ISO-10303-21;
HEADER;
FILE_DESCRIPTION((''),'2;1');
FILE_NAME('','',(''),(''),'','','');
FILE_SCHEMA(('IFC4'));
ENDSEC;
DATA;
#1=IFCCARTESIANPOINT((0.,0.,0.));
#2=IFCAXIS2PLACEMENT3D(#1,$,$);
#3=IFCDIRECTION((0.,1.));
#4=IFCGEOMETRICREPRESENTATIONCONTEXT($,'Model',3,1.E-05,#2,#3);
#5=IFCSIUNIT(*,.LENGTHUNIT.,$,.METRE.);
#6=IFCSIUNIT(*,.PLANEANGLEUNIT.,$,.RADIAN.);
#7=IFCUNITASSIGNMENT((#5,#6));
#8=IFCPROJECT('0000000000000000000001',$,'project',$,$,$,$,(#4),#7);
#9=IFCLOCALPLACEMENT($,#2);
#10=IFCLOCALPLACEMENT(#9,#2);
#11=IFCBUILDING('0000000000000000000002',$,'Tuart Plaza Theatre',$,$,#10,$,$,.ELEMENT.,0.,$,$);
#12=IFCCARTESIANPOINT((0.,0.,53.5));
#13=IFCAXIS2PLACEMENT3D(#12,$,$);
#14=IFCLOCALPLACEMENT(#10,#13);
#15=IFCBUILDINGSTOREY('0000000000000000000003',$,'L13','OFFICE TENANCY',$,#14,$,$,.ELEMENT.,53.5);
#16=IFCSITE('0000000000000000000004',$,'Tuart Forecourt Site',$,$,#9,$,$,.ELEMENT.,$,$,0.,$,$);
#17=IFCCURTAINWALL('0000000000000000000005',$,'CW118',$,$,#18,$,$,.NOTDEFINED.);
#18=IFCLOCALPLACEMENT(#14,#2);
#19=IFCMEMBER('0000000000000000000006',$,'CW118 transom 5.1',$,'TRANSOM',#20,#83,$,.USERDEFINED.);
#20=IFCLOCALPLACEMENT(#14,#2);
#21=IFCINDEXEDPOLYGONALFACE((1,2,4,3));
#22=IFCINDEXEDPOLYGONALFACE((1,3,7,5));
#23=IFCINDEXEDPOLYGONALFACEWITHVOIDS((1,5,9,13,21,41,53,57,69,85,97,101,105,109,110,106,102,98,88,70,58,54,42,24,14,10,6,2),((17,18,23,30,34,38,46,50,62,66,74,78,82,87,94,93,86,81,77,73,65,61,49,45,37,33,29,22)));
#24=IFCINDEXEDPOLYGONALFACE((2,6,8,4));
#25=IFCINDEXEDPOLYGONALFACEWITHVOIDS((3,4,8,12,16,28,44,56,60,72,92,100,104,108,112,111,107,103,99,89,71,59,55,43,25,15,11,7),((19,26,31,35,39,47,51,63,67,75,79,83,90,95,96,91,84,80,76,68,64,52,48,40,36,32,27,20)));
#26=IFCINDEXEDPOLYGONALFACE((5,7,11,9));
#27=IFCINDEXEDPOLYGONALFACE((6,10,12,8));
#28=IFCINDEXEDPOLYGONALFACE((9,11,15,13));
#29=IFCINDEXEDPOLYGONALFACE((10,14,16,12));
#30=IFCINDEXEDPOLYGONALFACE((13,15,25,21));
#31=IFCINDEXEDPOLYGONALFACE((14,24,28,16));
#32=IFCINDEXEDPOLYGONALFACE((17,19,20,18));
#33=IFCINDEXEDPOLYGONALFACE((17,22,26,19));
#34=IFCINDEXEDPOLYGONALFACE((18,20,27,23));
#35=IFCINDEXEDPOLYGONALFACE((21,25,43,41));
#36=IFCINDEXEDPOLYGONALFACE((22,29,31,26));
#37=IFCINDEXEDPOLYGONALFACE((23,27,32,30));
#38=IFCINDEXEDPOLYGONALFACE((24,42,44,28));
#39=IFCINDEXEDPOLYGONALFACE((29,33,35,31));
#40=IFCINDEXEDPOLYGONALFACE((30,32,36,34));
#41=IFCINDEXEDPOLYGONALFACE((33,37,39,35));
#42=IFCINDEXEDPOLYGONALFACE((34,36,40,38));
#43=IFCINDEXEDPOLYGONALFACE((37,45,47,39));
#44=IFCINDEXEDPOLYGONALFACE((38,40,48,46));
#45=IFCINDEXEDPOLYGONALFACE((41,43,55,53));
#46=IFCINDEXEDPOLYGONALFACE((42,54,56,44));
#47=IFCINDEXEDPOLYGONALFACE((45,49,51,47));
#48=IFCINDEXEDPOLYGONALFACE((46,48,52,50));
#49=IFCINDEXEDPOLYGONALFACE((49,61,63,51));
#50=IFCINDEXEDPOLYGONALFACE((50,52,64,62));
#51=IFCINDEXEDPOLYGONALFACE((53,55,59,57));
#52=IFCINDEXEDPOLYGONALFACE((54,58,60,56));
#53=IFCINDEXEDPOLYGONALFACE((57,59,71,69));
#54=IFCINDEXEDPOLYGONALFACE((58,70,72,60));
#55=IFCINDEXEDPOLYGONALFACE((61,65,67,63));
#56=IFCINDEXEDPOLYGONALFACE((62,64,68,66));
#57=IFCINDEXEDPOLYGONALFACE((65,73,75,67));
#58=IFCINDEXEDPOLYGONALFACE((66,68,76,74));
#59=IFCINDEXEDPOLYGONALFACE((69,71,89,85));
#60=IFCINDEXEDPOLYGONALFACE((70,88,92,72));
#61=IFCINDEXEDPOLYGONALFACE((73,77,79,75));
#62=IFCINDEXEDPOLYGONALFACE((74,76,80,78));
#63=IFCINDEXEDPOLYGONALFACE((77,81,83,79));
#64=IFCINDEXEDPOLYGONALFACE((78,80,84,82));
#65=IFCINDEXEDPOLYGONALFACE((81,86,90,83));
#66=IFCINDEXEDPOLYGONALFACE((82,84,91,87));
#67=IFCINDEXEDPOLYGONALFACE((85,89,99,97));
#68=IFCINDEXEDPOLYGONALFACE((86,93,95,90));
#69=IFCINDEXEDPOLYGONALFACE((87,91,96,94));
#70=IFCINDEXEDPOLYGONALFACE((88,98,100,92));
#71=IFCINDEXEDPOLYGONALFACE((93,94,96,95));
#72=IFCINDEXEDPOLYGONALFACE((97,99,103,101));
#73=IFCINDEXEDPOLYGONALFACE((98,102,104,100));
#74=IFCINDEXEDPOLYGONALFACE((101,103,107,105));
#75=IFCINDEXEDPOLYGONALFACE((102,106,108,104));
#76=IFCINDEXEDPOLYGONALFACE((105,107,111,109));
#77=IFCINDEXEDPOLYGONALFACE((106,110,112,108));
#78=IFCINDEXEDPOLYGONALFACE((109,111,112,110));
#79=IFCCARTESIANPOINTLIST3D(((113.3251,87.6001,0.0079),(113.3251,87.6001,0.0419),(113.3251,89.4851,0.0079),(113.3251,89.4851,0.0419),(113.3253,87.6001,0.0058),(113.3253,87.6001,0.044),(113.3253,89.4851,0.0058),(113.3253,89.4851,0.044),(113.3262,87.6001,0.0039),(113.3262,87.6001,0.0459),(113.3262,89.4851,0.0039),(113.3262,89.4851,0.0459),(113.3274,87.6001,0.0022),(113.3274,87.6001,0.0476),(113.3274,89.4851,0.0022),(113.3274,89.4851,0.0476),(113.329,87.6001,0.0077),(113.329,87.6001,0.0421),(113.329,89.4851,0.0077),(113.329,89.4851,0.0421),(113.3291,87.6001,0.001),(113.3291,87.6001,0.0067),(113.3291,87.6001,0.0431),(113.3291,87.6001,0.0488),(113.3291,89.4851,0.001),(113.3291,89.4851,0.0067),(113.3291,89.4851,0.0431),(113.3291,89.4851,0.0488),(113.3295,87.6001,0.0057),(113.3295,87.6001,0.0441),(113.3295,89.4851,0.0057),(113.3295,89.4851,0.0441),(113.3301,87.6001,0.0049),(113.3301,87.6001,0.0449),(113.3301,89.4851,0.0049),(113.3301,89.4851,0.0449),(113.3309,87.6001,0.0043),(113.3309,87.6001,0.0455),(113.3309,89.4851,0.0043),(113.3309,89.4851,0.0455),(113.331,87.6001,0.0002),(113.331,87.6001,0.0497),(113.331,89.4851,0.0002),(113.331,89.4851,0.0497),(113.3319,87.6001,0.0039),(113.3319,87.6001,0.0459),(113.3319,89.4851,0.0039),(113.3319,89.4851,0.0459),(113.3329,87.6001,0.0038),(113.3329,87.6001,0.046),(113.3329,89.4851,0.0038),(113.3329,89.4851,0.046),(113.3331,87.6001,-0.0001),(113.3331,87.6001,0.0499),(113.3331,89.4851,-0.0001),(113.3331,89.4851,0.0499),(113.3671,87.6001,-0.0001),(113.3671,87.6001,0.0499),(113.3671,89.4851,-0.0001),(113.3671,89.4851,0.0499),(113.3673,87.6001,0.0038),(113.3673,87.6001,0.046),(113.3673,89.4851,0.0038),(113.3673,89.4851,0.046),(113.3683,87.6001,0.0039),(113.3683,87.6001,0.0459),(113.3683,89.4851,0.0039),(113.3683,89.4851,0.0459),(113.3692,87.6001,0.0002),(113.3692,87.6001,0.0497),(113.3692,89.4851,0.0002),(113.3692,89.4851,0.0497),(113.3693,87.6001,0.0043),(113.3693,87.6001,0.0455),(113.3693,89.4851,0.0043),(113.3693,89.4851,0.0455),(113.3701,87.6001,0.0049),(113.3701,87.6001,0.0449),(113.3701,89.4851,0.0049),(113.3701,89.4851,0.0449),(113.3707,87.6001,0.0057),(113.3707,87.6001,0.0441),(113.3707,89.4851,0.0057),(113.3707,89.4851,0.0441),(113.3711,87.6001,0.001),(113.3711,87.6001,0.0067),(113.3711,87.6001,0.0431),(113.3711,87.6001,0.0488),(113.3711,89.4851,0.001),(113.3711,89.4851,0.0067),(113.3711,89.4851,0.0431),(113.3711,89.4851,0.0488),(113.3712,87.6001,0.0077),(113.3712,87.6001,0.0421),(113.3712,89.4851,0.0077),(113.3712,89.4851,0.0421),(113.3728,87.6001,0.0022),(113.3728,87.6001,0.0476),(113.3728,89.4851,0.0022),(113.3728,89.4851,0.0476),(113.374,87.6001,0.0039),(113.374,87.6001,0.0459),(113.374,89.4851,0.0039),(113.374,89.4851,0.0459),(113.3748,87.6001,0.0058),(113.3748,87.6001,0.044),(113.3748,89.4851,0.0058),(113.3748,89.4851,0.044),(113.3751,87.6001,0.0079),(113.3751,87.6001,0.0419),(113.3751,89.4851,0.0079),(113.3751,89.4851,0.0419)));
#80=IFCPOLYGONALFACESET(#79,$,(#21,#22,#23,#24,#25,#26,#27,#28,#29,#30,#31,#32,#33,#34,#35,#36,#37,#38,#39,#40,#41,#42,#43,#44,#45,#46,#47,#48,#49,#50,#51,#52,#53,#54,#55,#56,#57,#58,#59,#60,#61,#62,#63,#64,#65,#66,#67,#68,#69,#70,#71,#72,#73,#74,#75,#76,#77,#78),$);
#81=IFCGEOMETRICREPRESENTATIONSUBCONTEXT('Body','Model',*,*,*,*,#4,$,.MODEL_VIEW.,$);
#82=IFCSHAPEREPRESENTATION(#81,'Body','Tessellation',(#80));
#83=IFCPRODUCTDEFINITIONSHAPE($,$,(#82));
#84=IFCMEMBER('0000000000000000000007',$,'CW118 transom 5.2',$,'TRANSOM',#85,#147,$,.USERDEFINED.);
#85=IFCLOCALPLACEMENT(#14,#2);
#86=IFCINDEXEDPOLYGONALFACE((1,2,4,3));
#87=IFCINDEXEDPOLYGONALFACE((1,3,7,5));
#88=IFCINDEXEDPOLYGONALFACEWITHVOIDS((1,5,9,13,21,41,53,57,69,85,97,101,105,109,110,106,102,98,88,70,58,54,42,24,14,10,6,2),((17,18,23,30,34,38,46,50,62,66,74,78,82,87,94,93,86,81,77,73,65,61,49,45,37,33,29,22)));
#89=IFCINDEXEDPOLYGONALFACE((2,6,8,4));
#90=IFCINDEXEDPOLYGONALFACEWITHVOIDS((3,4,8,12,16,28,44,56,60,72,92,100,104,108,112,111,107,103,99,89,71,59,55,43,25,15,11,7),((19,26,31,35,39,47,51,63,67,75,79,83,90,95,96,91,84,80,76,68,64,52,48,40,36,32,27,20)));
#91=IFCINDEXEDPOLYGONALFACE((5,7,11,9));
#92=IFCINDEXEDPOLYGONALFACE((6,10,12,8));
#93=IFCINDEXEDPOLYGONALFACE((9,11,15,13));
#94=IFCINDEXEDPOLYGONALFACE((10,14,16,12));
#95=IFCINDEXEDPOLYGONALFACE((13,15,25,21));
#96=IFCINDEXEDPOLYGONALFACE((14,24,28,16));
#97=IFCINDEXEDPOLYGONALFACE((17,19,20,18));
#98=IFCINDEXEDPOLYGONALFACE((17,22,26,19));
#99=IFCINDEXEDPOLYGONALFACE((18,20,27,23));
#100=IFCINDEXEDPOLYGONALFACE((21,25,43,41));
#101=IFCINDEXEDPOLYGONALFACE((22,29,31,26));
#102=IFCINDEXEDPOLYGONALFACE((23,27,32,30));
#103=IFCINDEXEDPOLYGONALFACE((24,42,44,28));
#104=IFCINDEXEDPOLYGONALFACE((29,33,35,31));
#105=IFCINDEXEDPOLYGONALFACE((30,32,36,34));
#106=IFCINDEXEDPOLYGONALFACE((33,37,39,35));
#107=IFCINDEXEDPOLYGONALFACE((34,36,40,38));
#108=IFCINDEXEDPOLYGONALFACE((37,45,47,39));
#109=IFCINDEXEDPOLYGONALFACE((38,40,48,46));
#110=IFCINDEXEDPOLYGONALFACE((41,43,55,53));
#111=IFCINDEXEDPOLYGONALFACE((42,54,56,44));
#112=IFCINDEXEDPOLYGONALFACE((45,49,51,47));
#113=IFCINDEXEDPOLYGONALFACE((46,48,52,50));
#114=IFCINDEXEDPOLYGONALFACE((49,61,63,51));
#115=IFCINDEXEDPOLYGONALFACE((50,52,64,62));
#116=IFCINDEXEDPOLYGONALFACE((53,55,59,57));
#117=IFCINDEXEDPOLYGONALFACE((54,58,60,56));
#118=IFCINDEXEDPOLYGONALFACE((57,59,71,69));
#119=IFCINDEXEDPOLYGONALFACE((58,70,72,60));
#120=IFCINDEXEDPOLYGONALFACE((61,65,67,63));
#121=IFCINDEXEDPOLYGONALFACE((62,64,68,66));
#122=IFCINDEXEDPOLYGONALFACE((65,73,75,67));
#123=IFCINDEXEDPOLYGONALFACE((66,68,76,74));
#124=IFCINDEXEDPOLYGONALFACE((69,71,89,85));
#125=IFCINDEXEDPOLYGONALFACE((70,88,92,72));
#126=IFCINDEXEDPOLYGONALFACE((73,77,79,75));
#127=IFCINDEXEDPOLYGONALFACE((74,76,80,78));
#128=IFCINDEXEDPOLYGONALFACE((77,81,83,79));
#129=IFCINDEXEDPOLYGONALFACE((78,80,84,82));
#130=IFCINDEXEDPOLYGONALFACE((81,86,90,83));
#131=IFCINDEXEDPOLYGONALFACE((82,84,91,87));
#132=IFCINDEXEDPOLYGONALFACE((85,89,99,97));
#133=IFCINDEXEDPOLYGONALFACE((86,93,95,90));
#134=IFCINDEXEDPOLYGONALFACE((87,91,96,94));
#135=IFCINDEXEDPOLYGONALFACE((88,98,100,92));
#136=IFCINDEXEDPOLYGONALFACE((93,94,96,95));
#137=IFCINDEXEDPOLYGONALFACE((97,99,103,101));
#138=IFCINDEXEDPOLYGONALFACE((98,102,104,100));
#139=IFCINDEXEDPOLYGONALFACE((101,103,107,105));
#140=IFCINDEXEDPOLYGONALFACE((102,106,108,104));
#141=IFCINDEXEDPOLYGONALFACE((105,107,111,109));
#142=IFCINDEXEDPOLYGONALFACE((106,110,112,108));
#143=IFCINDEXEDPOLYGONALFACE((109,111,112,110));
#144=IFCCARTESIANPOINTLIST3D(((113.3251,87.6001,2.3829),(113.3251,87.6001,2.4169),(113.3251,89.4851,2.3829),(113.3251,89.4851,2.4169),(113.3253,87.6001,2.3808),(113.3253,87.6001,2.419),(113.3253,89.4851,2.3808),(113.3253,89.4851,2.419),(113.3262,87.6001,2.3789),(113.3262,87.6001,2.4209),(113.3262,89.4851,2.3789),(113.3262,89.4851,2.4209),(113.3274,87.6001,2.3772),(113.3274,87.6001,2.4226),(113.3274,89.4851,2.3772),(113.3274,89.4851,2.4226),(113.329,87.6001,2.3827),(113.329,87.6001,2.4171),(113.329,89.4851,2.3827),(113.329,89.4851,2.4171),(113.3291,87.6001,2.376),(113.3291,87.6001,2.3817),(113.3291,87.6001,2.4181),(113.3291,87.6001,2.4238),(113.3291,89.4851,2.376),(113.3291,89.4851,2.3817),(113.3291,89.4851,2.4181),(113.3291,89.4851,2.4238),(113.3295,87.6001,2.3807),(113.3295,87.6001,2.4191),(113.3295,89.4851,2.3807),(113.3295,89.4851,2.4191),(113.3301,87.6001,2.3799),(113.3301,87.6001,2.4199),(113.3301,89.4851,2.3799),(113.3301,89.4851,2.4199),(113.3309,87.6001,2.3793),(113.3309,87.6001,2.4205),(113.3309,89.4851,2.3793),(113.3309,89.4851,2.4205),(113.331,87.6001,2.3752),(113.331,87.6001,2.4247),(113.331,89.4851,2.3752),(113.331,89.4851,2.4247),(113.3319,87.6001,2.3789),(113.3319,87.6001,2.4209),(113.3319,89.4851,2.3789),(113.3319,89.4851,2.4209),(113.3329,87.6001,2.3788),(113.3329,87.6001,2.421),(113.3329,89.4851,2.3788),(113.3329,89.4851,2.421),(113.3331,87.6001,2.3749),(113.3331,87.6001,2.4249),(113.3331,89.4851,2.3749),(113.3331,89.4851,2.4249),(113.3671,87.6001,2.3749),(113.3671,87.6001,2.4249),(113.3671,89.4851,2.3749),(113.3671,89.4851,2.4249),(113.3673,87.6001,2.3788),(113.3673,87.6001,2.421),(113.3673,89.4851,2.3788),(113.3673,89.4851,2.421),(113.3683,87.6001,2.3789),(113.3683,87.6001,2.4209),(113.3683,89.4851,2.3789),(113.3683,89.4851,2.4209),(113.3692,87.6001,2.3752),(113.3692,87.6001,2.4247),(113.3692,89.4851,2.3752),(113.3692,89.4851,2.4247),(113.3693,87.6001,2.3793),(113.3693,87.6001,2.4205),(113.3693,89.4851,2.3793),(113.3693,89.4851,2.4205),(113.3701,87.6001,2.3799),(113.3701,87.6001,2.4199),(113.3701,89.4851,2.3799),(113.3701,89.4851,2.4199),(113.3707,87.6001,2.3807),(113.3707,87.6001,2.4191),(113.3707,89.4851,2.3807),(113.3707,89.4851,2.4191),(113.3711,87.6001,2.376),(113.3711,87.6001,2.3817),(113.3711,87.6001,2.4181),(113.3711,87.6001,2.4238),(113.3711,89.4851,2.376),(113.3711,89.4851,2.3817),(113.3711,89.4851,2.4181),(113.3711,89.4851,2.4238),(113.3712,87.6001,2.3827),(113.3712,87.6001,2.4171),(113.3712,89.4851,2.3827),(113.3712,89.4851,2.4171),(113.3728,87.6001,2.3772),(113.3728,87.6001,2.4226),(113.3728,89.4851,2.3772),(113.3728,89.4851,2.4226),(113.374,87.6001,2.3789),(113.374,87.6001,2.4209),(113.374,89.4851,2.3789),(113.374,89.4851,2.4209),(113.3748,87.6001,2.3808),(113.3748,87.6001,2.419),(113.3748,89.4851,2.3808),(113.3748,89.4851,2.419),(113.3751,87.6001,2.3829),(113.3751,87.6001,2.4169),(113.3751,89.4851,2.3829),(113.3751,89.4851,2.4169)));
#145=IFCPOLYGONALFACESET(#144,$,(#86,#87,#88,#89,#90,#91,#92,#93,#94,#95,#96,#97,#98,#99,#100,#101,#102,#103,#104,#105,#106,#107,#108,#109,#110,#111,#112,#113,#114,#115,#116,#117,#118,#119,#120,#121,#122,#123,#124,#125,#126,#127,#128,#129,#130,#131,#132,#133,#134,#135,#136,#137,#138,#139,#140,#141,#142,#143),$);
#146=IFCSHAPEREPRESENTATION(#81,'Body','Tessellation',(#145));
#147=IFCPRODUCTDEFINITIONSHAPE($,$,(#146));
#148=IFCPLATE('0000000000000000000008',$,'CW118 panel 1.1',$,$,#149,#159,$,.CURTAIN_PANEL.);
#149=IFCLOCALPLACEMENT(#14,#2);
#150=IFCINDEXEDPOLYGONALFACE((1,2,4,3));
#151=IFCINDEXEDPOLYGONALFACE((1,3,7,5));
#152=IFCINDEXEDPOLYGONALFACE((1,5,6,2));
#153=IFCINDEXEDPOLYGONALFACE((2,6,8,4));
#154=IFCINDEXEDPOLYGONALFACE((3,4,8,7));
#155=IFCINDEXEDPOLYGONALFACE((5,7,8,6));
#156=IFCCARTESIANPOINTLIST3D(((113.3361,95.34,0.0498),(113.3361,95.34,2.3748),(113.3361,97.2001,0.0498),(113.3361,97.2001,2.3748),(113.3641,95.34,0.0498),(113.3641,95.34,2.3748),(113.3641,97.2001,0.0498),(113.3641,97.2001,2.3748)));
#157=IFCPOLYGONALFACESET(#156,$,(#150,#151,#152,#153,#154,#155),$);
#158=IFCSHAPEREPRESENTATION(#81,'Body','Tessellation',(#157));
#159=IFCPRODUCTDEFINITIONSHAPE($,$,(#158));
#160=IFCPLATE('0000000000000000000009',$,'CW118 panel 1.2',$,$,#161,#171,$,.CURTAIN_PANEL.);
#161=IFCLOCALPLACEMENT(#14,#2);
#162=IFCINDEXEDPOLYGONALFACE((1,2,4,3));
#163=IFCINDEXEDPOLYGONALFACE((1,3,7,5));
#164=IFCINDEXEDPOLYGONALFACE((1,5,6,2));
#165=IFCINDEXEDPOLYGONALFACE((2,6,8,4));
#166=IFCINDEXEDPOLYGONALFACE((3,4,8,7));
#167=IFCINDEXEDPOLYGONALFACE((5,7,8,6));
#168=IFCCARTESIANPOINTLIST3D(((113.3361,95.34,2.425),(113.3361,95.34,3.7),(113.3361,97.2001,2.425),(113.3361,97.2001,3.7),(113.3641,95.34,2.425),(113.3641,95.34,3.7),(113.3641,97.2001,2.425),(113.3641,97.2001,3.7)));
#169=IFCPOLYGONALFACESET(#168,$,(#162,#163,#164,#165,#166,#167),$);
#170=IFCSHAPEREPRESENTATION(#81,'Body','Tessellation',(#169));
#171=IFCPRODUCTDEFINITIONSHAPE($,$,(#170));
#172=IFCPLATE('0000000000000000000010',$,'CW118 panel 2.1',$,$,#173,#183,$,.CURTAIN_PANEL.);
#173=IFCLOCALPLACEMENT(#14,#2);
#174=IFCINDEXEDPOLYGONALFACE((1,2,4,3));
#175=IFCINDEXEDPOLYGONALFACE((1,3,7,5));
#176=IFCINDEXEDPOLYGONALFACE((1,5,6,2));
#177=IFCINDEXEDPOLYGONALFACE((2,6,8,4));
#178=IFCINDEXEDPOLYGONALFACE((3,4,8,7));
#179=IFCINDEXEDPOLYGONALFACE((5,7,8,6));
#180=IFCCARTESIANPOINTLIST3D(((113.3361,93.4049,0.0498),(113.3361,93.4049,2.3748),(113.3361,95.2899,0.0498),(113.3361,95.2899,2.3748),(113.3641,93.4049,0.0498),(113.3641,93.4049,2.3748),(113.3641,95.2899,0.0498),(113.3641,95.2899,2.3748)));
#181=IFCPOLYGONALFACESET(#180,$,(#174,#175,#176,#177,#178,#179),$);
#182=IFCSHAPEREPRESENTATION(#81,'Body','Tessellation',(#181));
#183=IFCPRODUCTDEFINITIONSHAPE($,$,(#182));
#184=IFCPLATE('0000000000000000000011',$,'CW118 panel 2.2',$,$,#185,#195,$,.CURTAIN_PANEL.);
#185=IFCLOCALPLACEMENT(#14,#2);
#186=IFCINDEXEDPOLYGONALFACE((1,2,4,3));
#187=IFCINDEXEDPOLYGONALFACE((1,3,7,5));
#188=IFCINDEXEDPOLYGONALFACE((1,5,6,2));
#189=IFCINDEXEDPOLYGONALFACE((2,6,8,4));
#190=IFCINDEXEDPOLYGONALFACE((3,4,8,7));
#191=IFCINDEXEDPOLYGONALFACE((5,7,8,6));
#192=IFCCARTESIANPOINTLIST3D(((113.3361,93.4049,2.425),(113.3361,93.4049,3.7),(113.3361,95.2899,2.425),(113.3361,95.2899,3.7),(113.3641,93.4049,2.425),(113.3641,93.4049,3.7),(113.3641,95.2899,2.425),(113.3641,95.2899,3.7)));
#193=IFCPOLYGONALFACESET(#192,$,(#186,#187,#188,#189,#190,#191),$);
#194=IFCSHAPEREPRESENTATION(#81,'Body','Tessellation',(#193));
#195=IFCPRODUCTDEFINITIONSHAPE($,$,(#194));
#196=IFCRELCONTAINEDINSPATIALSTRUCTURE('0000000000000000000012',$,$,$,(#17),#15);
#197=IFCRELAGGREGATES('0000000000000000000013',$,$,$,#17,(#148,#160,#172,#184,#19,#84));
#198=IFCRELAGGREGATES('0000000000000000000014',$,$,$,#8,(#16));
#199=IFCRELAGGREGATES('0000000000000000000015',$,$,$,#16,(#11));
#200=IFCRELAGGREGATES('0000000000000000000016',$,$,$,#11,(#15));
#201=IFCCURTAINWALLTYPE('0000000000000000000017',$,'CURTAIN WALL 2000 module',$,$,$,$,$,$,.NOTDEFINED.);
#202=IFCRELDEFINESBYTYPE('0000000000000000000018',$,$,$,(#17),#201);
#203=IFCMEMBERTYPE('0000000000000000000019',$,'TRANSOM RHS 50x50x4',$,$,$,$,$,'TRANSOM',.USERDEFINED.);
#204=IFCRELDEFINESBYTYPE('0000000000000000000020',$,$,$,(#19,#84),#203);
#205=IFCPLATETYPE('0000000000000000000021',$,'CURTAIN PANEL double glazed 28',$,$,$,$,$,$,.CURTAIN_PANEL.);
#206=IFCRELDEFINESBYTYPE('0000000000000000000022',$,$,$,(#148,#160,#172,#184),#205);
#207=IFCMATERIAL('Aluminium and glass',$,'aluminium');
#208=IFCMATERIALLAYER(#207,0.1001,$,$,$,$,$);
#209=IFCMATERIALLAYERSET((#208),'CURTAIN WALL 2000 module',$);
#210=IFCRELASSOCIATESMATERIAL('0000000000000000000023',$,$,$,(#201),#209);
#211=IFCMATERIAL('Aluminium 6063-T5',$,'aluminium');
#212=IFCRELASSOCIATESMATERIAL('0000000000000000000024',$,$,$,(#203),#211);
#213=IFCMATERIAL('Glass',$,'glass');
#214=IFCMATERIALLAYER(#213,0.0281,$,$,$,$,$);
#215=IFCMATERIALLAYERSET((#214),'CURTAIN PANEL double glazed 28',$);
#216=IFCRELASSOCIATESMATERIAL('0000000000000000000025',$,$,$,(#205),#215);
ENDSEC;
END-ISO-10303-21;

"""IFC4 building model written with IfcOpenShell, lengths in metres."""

from ifc_helpers import new_model, si_unit, direction, frame, origin, origin_2d, place, context, subcontext, project, spatial, rectangle, hollow_rectangle, extrude, material, layer, layer_set, material_profile, profile_set, type_object, element, aggregate, save


model = new_model("IFC4")

# Units and contexts
model_context = context("Model", 3, precision=1e-05, world=origin(), true_north=direction((0.0, 1.0)))
body_context = subcontext(model_context, "Body", "Model", "MODEL_VIEW")
ifc_project = project(units=[si_unit("LENGTHUNIT", "METRE"), si_unit("PLANEANGLEUNIT", "RADIAN")], contexts=[model_context])

# Site, building, storey
site_placement = place(None, origin())
site = spatial("IfcSite", under=ifc_project, at=site_placement, Name="Tuart Forecourt Site", CompositionType="ELEMENT", RefElevation=0.0)
building_placement = place(site_placement, origin())
building = spatial("IfcBuilding", under=site, at=building_placement, Name="Tuart Plaza Theatre", CompositionType="ELEMENT", ElevationOfRefHeight=0.0)
storey_placement = place(building_placement, frame((0.0, 0.0, 53.5)))
storey = spatial("IfcBuildingStorey", under=building, at=storey_placement, Name="L13", Description="OFFICE TENANCY", CompositionType="ELEMENT", Elevation=53.5)

# Curtain wall, members, plates
ifc_material_1 = material(Name="Aluminium and glass", Category="aluminium")
ifc_layer_1 = layer(ifc_material_1, 0.1001)
ifc_layer_set_1 = layer_set([ifc_layer_1], Name="CURTAIN WALL 2000 module")
curtain_wall_type = type_object("IfcCurtainWallType", Name="CURTAIN WALL 2000 module", PredefinedType="NOTDEFINED", material=ifc_layer_set_1)
curtain_wall_placement = place(storey_placement, origin())
curtain_wall = element("IfcCurtainWall", 1, at=curtain_wall_placement, inside=storey, type_object=curtain_wall_type, Name="CW118", PredefinedType="NOTDEFINED")
ifc_material_2 = material(Name="Aluminium 6063-T5", Category="aluminium")
ifc_material_profile_1 = material_profile(ifc_material_2, hollow_rectangle(XDim=0.05, YDim=0.05, WallThickness=0.0039, InnerFilletRadius=0.0039, OuterFilletRadius=0.0081, at=origin_2d()), Name="RHS 50x50x4")
ifc_profile_set_1 = profile_set([ifc_material_profile_1], Name="Aluminium 6063-T5")
member_type_1 = type_object("IfcMemberType", Name="TRANSOM RHS 50x50x4", ElementType="TRANSOM", PredefinedType="USERDEFINED", material=ifc_profile_set_1)
member_1_placement = place(storey_placement, frame((113.3501, 89.4851, 0.0249), z_axis=(0.0, -1.0, 0.0), x_axis=(1.0, 0.0, 0.0)))
member_1 = element("IfcMember", 2, at=member_1_placement, type_object=member_type_1, Name="CW118 transom 5.1", ObjectType="TRANSOM", PredefinedType="USERDEFINED", context=body_context, shape_type="SweptSolid", body=[
    extrude(hollow_rectangle(XDim=0.05, YDim=0.05, WallThickness=0.0039, InnerFilletRadius=0.0039, OuterFilletRadius=0.0081, at=origin_2d()), origin(), (0.0, 0.0, 1.0), 1.885),
])
member_2_placement = place(storey_placement, frame((113.3501, 89.4851, 2.3999), z_axis=(0.0, -1.0, 0.0), x_axis=(1.0, 0.0, 0.0)))
member_2 = element("IfcMember", 3, at=member_2_placement, type_object=member_type_1, Name="CW118 transom 5.2", ObjectType="TRANSOM", PredefinedType="USERDEFINED", context=body_context, shape_type="SweptSolid", body=[
    extrude(hollow_rectangle(XDim=0.05, YDim=0.05, WallThickness=0.0039, InnerFilletRadius=0.0039, OuterFilletRadius=0.0081, at=origin_2d()), origin(), (0.0, 0.0, 1.0), 1.885),
])
ifc_material_3 = material(Name="Glass", Category="glass")
ifc_layer_2 = layer(ifc_material_3, 0.0281)
ifc_layer_set_2 = layer_set([ifc_layer_2], Name="CURTAIN PANEL double glazed 28")
plate_type = type_object("IfcPlateType", Name="CURTAIN PANEL double glazed 28", PredefinedType="CURTAIN_PANEL", material=ifc_layer_set_2)
plate_1_placement = place(storey_placement, frame((113.3501, 96.27, 0.0498), z_axis=(0.0, 0.0, 1.0), x_axis=(0.0, -1.0, 0.0)))
plate_1 = element("IfcPlate", 4, at=plate_1_placement, type_object=plate_type, Name="CW118 panel 1.1", PredefinedType="CURTAIN_PANEL", context=body_context, shape_type="SweptSolid", body=[
    extrude(rectangle(XDim=1.8601, YDim=0.0281, at=origin_2d()), origin(), (0.0, 0.0, 1.0), 2.325),
])
plate_2_placement = place(storey_placement, frame((113.3501, 96.27, 2.425), z_axis=(0.0, 0.0, 1.0), x_axis=(0.0, -1.0, 0.0)))
plate_2 = element("IfcPlate", 5, at=plate_2_placement, type_object=plate_type, Name="CW118 panel 1.2", PredefinedType="CURTAIN_PANEL", context=body_context, shape_type="SweptSolid", body=[
    extrude(rectangle(XDim=1.8601, YDim=0.0281, at=origin_2d()), origin(), (0.0, 0.0, 1.0), 1.2749),
])
plate_3_placement = place(storey_placement, frame((113.3501, 94.3474, 0.0498), z_axis=(0.0, 0.0, 1.0), x_axis=(0.0, -1.0, 0.0)))
plate_3 = element("IfcPlate", 6, at=plate_3_placement, type_object=plate_type, Name="CW118 panel 2.1", PredefinedType="CURTAIN_PANEL", context=body_context, shape_type="SweptSolid", body=[
    extrude(rectangle(XDim=1.885, YDim=0.0281, at=origin_2d()), origin(), (0.0, 0.0, 1.0), 2.325),
])
plate_4_placement = place(storey_placement, frame((113.3501, 94.3474, 2.425), z_axis=(0.0, 0.0, 1.0), x_axis=(0.0, -1.0, 0.0)))
plate_4 = element("IfcPlate", 7, at=plate_4_placement, type_object=plate_type, Name="CW118 panel 2.2", PredefinedType="CURTAIN_PANEL", context=body_context, shape_type="SweptSolid", body=[
    extrude(rectangle(XDim=1.885, YDim=0.0281, at=origin_2d()), origin(), (0.0, 0.0, 1.0), 1.2749),
])
aggregate(curtain_wall, [plate_1, plate_2, plate_3, plate_4, member_1, member_2])

save(model, "model.ifc")
